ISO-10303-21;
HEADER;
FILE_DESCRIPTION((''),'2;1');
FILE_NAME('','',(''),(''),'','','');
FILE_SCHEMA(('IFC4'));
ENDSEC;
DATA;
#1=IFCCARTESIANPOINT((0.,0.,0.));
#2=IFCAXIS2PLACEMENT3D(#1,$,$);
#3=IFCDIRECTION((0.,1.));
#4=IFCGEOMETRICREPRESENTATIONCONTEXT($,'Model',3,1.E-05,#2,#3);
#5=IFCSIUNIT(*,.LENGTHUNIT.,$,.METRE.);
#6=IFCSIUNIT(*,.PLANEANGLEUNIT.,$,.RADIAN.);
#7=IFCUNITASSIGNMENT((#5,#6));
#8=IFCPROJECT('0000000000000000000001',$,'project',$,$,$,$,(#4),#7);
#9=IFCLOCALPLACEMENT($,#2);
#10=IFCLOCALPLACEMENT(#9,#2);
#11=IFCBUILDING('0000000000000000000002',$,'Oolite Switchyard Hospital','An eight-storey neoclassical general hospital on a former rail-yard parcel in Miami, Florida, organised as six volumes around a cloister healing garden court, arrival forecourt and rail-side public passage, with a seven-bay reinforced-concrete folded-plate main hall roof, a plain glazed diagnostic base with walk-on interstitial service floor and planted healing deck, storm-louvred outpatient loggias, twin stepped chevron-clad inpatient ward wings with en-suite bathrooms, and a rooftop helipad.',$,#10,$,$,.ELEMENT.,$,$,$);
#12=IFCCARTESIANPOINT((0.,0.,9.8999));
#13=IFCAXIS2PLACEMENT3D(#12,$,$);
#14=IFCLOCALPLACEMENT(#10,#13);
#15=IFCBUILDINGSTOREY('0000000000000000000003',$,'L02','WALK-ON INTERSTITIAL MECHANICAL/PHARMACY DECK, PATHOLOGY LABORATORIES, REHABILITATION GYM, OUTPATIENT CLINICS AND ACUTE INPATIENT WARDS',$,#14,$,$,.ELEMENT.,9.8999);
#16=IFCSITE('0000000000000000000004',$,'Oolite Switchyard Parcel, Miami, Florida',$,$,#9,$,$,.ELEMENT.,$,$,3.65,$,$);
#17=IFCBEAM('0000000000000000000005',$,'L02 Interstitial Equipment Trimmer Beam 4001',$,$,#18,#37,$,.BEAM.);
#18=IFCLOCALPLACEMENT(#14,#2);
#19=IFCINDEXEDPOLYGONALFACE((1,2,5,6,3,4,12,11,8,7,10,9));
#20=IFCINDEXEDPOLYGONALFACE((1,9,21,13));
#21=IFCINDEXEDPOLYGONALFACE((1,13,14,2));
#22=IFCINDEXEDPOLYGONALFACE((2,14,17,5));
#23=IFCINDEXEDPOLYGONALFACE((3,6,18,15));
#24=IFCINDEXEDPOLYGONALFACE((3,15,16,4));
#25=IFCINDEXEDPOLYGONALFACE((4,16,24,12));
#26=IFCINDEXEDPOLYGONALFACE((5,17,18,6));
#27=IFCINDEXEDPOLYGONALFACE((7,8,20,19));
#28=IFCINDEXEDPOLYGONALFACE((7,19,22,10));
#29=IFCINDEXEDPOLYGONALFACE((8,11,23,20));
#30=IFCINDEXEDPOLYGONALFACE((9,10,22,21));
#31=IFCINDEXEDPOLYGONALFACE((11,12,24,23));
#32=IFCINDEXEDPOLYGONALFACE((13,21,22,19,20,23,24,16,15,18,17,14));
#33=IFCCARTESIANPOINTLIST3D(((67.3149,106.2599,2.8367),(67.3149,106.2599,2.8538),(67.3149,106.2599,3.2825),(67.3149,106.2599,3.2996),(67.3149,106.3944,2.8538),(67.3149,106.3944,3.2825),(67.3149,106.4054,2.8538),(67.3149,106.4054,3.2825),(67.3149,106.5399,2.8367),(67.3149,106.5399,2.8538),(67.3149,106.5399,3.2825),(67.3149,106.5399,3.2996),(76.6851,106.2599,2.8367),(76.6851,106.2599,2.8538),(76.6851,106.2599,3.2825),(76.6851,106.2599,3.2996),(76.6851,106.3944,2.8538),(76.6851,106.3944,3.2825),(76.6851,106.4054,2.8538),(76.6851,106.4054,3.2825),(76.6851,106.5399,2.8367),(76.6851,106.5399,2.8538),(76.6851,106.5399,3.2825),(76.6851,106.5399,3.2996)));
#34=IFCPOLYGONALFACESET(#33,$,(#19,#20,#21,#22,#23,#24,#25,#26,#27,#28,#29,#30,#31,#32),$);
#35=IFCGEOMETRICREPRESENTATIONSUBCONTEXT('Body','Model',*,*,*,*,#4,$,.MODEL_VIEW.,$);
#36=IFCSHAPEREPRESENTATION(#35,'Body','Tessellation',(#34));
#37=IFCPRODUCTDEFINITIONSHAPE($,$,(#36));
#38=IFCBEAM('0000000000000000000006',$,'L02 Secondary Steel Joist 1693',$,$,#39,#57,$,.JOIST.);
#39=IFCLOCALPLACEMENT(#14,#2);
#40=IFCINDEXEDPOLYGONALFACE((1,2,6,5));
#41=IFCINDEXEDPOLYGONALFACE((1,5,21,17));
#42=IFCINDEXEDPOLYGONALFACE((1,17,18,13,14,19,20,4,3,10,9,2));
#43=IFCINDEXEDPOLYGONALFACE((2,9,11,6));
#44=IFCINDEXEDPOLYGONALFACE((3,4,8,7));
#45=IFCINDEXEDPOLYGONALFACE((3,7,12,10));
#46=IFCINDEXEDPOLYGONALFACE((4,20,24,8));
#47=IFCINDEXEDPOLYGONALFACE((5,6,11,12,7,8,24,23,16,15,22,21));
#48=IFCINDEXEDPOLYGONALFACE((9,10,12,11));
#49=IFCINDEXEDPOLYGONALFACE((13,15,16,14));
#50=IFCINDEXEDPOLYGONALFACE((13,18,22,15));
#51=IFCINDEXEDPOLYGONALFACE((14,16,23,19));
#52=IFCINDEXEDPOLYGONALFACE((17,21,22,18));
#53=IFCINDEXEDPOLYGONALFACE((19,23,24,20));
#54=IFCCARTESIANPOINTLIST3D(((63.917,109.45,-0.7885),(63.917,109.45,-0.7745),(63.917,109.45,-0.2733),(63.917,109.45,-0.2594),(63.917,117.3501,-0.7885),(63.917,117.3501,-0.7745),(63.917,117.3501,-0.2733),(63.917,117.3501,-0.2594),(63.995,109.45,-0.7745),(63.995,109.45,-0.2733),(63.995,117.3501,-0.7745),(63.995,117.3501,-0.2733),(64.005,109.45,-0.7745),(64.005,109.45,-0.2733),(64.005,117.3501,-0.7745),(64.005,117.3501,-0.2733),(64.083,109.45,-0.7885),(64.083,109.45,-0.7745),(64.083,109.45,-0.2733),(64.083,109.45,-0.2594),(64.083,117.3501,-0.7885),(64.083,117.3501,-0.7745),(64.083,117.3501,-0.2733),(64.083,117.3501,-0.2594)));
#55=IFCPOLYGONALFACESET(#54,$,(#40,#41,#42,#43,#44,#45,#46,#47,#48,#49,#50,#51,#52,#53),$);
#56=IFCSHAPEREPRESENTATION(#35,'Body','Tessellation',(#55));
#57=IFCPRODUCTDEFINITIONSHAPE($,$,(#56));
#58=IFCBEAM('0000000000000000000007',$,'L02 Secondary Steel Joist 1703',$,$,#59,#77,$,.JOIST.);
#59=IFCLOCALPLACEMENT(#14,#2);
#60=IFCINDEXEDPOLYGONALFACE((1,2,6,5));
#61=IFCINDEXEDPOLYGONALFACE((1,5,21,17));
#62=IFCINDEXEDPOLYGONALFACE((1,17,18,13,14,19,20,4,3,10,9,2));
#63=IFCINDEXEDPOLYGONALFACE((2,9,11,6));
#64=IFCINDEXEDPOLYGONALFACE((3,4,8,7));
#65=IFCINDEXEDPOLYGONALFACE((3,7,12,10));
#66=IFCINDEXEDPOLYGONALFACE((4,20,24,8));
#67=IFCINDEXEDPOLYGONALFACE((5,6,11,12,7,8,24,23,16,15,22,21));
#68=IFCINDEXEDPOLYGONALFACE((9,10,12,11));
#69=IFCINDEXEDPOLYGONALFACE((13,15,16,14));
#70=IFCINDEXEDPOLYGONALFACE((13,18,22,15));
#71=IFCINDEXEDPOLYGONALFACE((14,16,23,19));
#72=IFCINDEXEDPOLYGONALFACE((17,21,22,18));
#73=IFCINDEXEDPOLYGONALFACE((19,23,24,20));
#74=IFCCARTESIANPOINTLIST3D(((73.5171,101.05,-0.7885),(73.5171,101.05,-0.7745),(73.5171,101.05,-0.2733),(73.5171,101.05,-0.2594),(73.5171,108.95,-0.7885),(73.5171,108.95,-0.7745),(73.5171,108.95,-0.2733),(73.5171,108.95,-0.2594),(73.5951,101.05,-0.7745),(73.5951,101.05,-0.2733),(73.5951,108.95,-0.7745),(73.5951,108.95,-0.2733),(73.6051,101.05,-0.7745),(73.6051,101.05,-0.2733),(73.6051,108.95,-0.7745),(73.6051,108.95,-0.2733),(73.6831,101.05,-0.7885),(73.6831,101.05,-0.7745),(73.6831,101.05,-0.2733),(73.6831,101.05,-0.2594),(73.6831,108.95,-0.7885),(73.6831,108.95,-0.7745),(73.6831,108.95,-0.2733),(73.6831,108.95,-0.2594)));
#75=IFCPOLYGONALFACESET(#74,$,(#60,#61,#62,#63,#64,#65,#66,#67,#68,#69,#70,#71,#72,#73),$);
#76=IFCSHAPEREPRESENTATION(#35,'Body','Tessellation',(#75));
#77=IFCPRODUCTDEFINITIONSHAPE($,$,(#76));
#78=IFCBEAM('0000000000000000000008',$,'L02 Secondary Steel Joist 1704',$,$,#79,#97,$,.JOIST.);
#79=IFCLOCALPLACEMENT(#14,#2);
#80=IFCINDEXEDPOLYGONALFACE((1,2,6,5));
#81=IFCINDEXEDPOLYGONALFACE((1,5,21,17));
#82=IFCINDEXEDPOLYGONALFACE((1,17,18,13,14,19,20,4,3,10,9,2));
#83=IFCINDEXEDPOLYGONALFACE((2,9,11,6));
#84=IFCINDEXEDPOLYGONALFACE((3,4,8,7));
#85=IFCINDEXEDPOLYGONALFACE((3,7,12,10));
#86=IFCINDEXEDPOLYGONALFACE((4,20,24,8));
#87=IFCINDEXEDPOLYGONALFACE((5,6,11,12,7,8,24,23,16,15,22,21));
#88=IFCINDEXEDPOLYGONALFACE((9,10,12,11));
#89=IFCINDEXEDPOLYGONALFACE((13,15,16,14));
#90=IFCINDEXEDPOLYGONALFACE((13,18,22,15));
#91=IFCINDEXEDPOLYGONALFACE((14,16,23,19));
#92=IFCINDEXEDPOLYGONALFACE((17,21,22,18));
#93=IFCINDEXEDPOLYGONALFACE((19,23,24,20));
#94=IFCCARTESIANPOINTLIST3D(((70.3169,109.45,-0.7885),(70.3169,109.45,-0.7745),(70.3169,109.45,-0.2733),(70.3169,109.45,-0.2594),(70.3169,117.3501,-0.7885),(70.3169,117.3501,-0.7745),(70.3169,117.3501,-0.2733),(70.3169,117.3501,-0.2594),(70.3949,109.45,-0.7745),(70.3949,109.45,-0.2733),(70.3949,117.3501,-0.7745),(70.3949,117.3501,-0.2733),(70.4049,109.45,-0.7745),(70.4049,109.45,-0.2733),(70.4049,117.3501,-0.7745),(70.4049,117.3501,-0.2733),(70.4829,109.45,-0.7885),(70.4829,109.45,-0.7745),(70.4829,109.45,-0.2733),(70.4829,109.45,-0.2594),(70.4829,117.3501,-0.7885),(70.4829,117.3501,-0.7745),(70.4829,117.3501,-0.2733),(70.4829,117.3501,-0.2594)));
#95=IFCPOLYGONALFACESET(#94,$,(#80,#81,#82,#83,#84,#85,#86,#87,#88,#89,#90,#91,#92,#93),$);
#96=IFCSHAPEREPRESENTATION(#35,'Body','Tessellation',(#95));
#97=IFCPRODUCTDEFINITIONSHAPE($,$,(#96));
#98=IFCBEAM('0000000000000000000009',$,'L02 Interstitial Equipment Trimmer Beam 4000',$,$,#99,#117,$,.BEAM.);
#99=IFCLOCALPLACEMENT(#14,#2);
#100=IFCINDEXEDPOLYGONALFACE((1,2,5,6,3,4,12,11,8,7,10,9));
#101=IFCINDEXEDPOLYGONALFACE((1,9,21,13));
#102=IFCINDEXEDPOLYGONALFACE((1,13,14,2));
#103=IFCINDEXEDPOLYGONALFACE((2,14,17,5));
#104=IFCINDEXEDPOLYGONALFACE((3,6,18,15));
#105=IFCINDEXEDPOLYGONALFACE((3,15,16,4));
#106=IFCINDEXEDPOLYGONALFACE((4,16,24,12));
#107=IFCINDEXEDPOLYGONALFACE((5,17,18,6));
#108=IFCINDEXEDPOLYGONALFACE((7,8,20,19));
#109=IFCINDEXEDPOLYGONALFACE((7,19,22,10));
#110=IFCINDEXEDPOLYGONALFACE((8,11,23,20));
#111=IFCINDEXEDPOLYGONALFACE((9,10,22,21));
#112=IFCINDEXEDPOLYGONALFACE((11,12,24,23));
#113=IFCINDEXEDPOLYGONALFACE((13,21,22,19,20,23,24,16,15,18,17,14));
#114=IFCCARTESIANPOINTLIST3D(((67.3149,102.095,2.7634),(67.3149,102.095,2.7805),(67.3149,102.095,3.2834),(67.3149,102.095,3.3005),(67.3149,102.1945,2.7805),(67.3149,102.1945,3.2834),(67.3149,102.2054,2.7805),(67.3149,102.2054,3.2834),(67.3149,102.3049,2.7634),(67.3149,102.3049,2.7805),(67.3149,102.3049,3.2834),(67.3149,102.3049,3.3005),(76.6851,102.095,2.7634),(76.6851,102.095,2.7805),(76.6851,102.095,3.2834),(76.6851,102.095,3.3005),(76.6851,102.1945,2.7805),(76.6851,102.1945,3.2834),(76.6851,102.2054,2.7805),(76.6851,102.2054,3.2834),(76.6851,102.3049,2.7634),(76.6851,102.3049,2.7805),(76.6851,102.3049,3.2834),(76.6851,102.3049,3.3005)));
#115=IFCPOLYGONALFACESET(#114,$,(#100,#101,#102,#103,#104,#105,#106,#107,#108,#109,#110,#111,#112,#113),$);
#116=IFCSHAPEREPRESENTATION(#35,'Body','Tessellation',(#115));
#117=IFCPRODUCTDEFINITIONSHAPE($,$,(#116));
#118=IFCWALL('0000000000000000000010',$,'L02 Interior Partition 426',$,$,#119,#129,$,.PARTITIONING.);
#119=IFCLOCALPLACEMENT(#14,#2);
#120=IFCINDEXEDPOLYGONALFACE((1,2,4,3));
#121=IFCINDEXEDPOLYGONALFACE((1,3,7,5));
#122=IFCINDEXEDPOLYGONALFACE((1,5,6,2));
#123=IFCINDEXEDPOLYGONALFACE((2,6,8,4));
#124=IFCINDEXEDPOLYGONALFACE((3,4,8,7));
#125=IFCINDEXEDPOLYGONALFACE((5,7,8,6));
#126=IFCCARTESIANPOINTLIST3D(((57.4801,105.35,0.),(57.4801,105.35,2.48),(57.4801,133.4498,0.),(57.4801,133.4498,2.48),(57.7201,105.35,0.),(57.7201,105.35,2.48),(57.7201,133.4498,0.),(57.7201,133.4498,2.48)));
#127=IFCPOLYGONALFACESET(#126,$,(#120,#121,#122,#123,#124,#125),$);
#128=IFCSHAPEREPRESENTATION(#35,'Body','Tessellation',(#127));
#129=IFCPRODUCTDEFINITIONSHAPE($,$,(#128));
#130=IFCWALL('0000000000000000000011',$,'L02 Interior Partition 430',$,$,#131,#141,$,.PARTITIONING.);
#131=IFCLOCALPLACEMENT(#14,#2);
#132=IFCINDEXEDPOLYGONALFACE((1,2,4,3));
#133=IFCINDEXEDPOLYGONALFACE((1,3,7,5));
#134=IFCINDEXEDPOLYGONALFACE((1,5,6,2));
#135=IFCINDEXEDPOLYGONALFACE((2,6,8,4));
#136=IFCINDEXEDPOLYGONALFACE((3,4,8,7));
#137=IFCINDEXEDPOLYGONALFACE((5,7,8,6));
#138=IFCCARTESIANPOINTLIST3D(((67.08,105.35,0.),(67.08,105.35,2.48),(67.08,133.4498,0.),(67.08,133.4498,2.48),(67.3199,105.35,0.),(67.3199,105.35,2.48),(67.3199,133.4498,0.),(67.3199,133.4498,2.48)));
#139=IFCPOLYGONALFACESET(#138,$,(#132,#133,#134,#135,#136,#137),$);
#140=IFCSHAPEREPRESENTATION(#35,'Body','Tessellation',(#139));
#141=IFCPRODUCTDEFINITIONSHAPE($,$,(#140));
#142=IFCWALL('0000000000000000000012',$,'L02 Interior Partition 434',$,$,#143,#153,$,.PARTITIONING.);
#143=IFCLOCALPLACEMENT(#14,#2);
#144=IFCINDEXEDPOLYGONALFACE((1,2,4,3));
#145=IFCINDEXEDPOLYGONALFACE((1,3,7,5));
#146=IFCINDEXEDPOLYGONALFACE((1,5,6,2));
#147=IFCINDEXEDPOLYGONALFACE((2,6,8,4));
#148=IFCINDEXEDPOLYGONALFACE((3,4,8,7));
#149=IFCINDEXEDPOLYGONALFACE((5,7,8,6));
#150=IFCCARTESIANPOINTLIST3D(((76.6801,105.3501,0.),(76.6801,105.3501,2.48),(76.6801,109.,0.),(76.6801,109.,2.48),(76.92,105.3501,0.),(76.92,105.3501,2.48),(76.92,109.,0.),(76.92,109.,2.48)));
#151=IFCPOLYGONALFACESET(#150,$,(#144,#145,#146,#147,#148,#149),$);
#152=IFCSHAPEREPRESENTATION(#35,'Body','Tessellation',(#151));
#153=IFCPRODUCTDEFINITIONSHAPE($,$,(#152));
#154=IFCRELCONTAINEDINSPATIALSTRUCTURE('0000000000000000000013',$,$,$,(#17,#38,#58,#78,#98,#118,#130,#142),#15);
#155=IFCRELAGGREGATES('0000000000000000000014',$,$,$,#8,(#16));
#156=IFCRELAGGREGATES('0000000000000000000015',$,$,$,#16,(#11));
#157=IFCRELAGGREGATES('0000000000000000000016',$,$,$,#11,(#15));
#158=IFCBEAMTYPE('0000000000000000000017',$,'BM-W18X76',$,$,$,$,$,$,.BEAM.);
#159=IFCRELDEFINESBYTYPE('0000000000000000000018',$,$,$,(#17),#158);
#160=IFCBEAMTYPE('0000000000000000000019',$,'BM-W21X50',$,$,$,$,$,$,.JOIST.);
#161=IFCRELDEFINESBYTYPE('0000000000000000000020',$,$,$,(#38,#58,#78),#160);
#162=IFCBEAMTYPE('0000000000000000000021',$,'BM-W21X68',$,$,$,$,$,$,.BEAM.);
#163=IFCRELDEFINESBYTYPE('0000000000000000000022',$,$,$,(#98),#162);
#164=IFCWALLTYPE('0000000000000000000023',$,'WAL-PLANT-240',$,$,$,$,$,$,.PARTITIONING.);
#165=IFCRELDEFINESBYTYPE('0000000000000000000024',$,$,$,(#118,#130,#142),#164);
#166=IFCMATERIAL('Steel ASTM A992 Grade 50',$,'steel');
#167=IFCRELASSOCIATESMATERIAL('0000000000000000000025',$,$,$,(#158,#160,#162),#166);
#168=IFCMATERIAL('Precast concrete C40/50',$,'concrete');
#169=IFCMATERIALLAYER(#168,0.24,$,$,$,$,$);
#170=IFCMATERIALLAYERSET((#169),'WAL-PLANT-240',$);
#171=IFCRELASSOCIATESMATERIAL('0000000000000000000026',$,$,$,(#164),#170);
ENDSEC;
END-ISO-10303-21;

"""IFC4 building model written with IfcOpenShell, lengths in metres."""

from ifc_helpers import new_model, si_unit, direction, frame, frame_2d, origin, origin_2d, place, context, subcontext, project, spatial, rectangle, i_section, extrude, material, layer, layer_set, material_profile, profile_set, type_object, element, save


model = new_model("IFC4")

# Units and contexts
model_context = context("Model", 3, precision=1e-05, world=origin(), true_north=direction((0.0, 1.0)))
body_context = subcontext(model_context, "Body", "Model", "MODEL_VIEW")
ifc_project = project(units=[si_unit("LENGTHUNIT", "METRE"), si_unit("PLANEANGLEUNIT", "RADIAN")], contexts=[model_context])

# Site, building, storey
site_placement = place(None, origin())
site = spatial("IfcSite", under=ifc_project, at=site_placement, Name="Oolite Switchyard Parcel, Miami, Florida", CompositionType="ELEMENT", RefElevation=3.65)
building_placement = place(site_placement, origin())
building = spatial("IfcBuilding", under=site, at=building_placement, Name="Oolite Switchyard Hospital", Description="An eight-storey neoclassical general hospital on a former rail-yard parcel in Miami, Florida, organised as six volumes around a cloister healing garden court, arrival forecourt and rail-side public passage, with a seven-bay reinforced-concrete folded-plate main hall roof, a plain glazed diagnostic base with walk-on interstitial service floor and planted healing deck, storm-louvred outpatient loggias, twin stepped chevron-clad inpatient ward wings with en-suite bathrooms, and a rooftop helipad.", CompositionType="ELEMENT")
storey_placement = place(building_placement, frame((0.0, 0.0, 9.8999)))
storey = spatial("IfcBuildingStorey", under=building, at=storey_placement, Name="L02", Description="WALK-ON INTERSTITIAL MECHANICAL/PHARMACY DECK, PATHOLOGY LABORATORIES, REHABILITATION GYM, OUTPATIENT CLINICS AND ACUTE INPATIENT WARDS", CompositionType="ELEMENT", Elevation=9.8999)

# Shared definitions
ifc_material_1 = material(Name="Steel ASTM A992 Grade 50", Category="steel")

# Beams
ifc_material_profile_1 = material_profile(ifc_material_1, i_section(OverallWidth=0.28, OverallDepth=0.4629, WebThickness=0.011, FlangeThickness=0.0171, at=origin_2d()), Name="W18X76")
ifc_profile_set_1 = profile_set([ifc_material_profile_1], Name="Steel ASTM A992 Grade 50")
beam_type_1 = type_object("IfcBeamType", Name="BM-W18X76", PredefinedType="BEAM", material=ifc_profile_set_1)
beam_1_placement = place(storey_placement, frame((67.3149, 106.3999, 3.0681), z_axis=(1.0, 0.0, 0.0), x_axis=(0.0, 1.0, 0.0)))
element("IfcBeam", 1, at=beam_1_placement, inside=storey, type_object=beam_type_1, Name="L02 Interstitial Equipment Trimmer Beam 4001", PredefinedType="BEAM", context=body_context, shape_type="SweptSolid", body=[
    extrude(i_section(OverallWidth=0.28, OverallDepth=0.4629, WebThickness=0.011, FlangeThickness=0.0171, at=origin_2d()), origin(), (0.0, 0.0, 1.0), 9.3701),
])
ifc_material_profile_2 = material_profile(ifc_material_1, i_section(OverallWidth=0.166, OverallDepth=0.5291, WebThickness=0.01, FlangeThickness=0.0139, at=origin_2d()), Name="W21X50")
ifc_profile_set_2 = profile_set([ifc_material_profile_2], Name="Steel ASTM A992 Grade 50")
beam_type_2 = type_object("IfcBeamType", Name="BM-W21X50", PredefinedType="JOIST", material=ifc_profile_set_2)
beam_2_placement = place(storey_placement, frame((64.0, 109.45, -0.5239), z_axis=(0.0, 1.0, 0.0), x_axis=(-1.0, 0.0, 0.0)))
element("IfcBeam", 2, at=beam_2_placement, inside=storey, type_object=beam_type_2, Name="L02 Secondary Steel Joist 1693", PredefinedType="JOIST", context=body_context, shape_type="SweptSolid", body=[
    extrude(i_section(OverallWidth=0.166, OverallDepth=0.5291, WebThickness=0.01, FlangeThickness=0.0139, at=origin_2d()), origin(), (0.0, 0.0, 1.0), 7.9001),
])
beam_3_placement = place(storey_placement, frame((73.6001, 101.05, -0.5239), z_axis=(0.0, 1.0, 0.0), x_axis=(-1.0, 0.0, 0.0)))
element("IfcBeam", 3, at=beam_3_placement, inside=storey, type_object=beam_type_2, Name="L02 Secondary Steel Joist 1703", PredefinedType="JOIST", context=body_context, shape_type="SweptSolid", body=[
    extrude(i_section(OverallWidth=0.166, OverallDepth=0.5291, WebThickness=0.01, FlangeThickness=0.0139, at=origin_2d()), origin(), (0.0, 0.0, 1.0), 7.8999),
])
beam_4_placement = place(storey_placement, frame((70.3999, 109.45, -0.5239), z_axis=(0.0, 1.0, 0.0), x_axis=(-1.0, 0.0, 0.0)))
element("IfcBeam", 4, at=beam_4_placement, inside=storey, type_object=beam_type_2, Name="L02 Secondary Steel Joist 1704", PredefinedType="JOIST", context=body_context, shape_type="SweptSolid", body=[
    extrude(i_section(OverallWidth=0.166, OverallDepth=0.5291, WebThickness=0.01, FlangeThickness=0.0139, at=origin_2d()), origin(), (0.0, 0.0, 1.0), 7.9001),
])
ifc_material_profile_3 = material_profile(ifc_material_1, i_section(OverallWidth=0.21, OverallDepth=0.5371, WebThickness=0.011, FlangeThickness=0.0171, at=origin_2d()), Name="W21X68")
ifc_profile_set_3 = profile_set([ifc_material_profile_3], Name="Steel ASTM A992 Grade 50")
beam_type_3 = type_object("IfcBeamType", Name="BM-W21X68", PredefinedType="BEAM", material=ifc_profile_set_3)
beam_5_placement = place(storey_placement, frame((67.3149, 102.2, 3.032), z_axis=(1.0, 0.0, 0.0), x_axis=(0.0, 1.0, 0.0)))
element("IfcBeam", 5, at=beam_5_placement, inside=storey, type_object=beam_type_3, Name="L02 Interstitial Equipment Trimmer Beam 4000", PredefinedType="BEAM", context=body_context, shape_type="SweptSolid", body=[
    extrude(i_section(OverallWidth=0.21, OverallDepth=0.5371, WebThickness=0.011, FlangeThickness=0.0171, at=origin_2d()), origin(), (0.0, 0.0, 1.0), 9.3701),
])

# Shared definitions
ifc_material_2 = material(Name="Precast concrete C40/50", Category="concrete")
ifc_layer = layer(ifc_material_2, 0.24)
ifc_layer_set = layer_set([ifc_layer], Name="WAL-PLANT-240")
wall_type = type_object("IfcWallType", Name="WAL-PLANT-240", PredefinedType="PARTITIONING", material=ifc_layer_set)

# Wall
wall_1_placement = place(storey_placement, frame((57.6001, 105.3501, 0.0), z_axis=(0.0, 0.0, 1.0), x_axis=(0.0, 1.0, 0.0)))
element("IfcWall", 6, at=wall_1_placement, inside=storey, type_object=wall_type, Name="L02 Interior Partition 426", PredefinedType="PARTITIONING", context=body_context, shape_type="SweptSolid", body=[
    extrude(rectangle(XDim=28.0999, YDim=0.24, at=frame_2d((14.0498, 0.0))), origin(), (0.0, 0.0, 1.0), 2.48),
])

# Walls
wall_2_placement = place(storey_placement, frame((67.2, 105.3501, 0.0), z_axis=(0.0, 0.0, 1.0), x_axis=(0.0, 1.0, 0.0)))
element("IfcWall", 7, at=wall_2_placement, inside=storey, type_object=wall_type, Name="L02 Interior Partition 430", PredefinedType="PARTITIONING", context=body_context, shape_type="SweptSolid", body=[
    extrude(rectangle(XDim=28.0999, YDim=0.24, at=frame_2d((14.0498, 0.0))), origin(), (0.0, 0.0, 1.0), 2.48),
])
wall_3_placement = place(storey_placement, frame((76.8, 105.3501, 0.0), z_axis=(0.0, 0.0, 1.0), x_axis=(0.0, 1.0, 0.0)))
element("IfcWall", 8, at=wall_3_placement, inside=storey, type_object=wall_type, Name="L02 Interior Partition 434", PredefinedType="PARTITIONING", context=body_context, shape_type="SweptSolid", body=[
    extrude(rectangle(XDim=3.6499, YDim=0.24, at=frame_2d((1.825, 0.0))), origin(), (0.0, 0.0, 1.0), 2.48),
])

save(model, "model.ifc")
